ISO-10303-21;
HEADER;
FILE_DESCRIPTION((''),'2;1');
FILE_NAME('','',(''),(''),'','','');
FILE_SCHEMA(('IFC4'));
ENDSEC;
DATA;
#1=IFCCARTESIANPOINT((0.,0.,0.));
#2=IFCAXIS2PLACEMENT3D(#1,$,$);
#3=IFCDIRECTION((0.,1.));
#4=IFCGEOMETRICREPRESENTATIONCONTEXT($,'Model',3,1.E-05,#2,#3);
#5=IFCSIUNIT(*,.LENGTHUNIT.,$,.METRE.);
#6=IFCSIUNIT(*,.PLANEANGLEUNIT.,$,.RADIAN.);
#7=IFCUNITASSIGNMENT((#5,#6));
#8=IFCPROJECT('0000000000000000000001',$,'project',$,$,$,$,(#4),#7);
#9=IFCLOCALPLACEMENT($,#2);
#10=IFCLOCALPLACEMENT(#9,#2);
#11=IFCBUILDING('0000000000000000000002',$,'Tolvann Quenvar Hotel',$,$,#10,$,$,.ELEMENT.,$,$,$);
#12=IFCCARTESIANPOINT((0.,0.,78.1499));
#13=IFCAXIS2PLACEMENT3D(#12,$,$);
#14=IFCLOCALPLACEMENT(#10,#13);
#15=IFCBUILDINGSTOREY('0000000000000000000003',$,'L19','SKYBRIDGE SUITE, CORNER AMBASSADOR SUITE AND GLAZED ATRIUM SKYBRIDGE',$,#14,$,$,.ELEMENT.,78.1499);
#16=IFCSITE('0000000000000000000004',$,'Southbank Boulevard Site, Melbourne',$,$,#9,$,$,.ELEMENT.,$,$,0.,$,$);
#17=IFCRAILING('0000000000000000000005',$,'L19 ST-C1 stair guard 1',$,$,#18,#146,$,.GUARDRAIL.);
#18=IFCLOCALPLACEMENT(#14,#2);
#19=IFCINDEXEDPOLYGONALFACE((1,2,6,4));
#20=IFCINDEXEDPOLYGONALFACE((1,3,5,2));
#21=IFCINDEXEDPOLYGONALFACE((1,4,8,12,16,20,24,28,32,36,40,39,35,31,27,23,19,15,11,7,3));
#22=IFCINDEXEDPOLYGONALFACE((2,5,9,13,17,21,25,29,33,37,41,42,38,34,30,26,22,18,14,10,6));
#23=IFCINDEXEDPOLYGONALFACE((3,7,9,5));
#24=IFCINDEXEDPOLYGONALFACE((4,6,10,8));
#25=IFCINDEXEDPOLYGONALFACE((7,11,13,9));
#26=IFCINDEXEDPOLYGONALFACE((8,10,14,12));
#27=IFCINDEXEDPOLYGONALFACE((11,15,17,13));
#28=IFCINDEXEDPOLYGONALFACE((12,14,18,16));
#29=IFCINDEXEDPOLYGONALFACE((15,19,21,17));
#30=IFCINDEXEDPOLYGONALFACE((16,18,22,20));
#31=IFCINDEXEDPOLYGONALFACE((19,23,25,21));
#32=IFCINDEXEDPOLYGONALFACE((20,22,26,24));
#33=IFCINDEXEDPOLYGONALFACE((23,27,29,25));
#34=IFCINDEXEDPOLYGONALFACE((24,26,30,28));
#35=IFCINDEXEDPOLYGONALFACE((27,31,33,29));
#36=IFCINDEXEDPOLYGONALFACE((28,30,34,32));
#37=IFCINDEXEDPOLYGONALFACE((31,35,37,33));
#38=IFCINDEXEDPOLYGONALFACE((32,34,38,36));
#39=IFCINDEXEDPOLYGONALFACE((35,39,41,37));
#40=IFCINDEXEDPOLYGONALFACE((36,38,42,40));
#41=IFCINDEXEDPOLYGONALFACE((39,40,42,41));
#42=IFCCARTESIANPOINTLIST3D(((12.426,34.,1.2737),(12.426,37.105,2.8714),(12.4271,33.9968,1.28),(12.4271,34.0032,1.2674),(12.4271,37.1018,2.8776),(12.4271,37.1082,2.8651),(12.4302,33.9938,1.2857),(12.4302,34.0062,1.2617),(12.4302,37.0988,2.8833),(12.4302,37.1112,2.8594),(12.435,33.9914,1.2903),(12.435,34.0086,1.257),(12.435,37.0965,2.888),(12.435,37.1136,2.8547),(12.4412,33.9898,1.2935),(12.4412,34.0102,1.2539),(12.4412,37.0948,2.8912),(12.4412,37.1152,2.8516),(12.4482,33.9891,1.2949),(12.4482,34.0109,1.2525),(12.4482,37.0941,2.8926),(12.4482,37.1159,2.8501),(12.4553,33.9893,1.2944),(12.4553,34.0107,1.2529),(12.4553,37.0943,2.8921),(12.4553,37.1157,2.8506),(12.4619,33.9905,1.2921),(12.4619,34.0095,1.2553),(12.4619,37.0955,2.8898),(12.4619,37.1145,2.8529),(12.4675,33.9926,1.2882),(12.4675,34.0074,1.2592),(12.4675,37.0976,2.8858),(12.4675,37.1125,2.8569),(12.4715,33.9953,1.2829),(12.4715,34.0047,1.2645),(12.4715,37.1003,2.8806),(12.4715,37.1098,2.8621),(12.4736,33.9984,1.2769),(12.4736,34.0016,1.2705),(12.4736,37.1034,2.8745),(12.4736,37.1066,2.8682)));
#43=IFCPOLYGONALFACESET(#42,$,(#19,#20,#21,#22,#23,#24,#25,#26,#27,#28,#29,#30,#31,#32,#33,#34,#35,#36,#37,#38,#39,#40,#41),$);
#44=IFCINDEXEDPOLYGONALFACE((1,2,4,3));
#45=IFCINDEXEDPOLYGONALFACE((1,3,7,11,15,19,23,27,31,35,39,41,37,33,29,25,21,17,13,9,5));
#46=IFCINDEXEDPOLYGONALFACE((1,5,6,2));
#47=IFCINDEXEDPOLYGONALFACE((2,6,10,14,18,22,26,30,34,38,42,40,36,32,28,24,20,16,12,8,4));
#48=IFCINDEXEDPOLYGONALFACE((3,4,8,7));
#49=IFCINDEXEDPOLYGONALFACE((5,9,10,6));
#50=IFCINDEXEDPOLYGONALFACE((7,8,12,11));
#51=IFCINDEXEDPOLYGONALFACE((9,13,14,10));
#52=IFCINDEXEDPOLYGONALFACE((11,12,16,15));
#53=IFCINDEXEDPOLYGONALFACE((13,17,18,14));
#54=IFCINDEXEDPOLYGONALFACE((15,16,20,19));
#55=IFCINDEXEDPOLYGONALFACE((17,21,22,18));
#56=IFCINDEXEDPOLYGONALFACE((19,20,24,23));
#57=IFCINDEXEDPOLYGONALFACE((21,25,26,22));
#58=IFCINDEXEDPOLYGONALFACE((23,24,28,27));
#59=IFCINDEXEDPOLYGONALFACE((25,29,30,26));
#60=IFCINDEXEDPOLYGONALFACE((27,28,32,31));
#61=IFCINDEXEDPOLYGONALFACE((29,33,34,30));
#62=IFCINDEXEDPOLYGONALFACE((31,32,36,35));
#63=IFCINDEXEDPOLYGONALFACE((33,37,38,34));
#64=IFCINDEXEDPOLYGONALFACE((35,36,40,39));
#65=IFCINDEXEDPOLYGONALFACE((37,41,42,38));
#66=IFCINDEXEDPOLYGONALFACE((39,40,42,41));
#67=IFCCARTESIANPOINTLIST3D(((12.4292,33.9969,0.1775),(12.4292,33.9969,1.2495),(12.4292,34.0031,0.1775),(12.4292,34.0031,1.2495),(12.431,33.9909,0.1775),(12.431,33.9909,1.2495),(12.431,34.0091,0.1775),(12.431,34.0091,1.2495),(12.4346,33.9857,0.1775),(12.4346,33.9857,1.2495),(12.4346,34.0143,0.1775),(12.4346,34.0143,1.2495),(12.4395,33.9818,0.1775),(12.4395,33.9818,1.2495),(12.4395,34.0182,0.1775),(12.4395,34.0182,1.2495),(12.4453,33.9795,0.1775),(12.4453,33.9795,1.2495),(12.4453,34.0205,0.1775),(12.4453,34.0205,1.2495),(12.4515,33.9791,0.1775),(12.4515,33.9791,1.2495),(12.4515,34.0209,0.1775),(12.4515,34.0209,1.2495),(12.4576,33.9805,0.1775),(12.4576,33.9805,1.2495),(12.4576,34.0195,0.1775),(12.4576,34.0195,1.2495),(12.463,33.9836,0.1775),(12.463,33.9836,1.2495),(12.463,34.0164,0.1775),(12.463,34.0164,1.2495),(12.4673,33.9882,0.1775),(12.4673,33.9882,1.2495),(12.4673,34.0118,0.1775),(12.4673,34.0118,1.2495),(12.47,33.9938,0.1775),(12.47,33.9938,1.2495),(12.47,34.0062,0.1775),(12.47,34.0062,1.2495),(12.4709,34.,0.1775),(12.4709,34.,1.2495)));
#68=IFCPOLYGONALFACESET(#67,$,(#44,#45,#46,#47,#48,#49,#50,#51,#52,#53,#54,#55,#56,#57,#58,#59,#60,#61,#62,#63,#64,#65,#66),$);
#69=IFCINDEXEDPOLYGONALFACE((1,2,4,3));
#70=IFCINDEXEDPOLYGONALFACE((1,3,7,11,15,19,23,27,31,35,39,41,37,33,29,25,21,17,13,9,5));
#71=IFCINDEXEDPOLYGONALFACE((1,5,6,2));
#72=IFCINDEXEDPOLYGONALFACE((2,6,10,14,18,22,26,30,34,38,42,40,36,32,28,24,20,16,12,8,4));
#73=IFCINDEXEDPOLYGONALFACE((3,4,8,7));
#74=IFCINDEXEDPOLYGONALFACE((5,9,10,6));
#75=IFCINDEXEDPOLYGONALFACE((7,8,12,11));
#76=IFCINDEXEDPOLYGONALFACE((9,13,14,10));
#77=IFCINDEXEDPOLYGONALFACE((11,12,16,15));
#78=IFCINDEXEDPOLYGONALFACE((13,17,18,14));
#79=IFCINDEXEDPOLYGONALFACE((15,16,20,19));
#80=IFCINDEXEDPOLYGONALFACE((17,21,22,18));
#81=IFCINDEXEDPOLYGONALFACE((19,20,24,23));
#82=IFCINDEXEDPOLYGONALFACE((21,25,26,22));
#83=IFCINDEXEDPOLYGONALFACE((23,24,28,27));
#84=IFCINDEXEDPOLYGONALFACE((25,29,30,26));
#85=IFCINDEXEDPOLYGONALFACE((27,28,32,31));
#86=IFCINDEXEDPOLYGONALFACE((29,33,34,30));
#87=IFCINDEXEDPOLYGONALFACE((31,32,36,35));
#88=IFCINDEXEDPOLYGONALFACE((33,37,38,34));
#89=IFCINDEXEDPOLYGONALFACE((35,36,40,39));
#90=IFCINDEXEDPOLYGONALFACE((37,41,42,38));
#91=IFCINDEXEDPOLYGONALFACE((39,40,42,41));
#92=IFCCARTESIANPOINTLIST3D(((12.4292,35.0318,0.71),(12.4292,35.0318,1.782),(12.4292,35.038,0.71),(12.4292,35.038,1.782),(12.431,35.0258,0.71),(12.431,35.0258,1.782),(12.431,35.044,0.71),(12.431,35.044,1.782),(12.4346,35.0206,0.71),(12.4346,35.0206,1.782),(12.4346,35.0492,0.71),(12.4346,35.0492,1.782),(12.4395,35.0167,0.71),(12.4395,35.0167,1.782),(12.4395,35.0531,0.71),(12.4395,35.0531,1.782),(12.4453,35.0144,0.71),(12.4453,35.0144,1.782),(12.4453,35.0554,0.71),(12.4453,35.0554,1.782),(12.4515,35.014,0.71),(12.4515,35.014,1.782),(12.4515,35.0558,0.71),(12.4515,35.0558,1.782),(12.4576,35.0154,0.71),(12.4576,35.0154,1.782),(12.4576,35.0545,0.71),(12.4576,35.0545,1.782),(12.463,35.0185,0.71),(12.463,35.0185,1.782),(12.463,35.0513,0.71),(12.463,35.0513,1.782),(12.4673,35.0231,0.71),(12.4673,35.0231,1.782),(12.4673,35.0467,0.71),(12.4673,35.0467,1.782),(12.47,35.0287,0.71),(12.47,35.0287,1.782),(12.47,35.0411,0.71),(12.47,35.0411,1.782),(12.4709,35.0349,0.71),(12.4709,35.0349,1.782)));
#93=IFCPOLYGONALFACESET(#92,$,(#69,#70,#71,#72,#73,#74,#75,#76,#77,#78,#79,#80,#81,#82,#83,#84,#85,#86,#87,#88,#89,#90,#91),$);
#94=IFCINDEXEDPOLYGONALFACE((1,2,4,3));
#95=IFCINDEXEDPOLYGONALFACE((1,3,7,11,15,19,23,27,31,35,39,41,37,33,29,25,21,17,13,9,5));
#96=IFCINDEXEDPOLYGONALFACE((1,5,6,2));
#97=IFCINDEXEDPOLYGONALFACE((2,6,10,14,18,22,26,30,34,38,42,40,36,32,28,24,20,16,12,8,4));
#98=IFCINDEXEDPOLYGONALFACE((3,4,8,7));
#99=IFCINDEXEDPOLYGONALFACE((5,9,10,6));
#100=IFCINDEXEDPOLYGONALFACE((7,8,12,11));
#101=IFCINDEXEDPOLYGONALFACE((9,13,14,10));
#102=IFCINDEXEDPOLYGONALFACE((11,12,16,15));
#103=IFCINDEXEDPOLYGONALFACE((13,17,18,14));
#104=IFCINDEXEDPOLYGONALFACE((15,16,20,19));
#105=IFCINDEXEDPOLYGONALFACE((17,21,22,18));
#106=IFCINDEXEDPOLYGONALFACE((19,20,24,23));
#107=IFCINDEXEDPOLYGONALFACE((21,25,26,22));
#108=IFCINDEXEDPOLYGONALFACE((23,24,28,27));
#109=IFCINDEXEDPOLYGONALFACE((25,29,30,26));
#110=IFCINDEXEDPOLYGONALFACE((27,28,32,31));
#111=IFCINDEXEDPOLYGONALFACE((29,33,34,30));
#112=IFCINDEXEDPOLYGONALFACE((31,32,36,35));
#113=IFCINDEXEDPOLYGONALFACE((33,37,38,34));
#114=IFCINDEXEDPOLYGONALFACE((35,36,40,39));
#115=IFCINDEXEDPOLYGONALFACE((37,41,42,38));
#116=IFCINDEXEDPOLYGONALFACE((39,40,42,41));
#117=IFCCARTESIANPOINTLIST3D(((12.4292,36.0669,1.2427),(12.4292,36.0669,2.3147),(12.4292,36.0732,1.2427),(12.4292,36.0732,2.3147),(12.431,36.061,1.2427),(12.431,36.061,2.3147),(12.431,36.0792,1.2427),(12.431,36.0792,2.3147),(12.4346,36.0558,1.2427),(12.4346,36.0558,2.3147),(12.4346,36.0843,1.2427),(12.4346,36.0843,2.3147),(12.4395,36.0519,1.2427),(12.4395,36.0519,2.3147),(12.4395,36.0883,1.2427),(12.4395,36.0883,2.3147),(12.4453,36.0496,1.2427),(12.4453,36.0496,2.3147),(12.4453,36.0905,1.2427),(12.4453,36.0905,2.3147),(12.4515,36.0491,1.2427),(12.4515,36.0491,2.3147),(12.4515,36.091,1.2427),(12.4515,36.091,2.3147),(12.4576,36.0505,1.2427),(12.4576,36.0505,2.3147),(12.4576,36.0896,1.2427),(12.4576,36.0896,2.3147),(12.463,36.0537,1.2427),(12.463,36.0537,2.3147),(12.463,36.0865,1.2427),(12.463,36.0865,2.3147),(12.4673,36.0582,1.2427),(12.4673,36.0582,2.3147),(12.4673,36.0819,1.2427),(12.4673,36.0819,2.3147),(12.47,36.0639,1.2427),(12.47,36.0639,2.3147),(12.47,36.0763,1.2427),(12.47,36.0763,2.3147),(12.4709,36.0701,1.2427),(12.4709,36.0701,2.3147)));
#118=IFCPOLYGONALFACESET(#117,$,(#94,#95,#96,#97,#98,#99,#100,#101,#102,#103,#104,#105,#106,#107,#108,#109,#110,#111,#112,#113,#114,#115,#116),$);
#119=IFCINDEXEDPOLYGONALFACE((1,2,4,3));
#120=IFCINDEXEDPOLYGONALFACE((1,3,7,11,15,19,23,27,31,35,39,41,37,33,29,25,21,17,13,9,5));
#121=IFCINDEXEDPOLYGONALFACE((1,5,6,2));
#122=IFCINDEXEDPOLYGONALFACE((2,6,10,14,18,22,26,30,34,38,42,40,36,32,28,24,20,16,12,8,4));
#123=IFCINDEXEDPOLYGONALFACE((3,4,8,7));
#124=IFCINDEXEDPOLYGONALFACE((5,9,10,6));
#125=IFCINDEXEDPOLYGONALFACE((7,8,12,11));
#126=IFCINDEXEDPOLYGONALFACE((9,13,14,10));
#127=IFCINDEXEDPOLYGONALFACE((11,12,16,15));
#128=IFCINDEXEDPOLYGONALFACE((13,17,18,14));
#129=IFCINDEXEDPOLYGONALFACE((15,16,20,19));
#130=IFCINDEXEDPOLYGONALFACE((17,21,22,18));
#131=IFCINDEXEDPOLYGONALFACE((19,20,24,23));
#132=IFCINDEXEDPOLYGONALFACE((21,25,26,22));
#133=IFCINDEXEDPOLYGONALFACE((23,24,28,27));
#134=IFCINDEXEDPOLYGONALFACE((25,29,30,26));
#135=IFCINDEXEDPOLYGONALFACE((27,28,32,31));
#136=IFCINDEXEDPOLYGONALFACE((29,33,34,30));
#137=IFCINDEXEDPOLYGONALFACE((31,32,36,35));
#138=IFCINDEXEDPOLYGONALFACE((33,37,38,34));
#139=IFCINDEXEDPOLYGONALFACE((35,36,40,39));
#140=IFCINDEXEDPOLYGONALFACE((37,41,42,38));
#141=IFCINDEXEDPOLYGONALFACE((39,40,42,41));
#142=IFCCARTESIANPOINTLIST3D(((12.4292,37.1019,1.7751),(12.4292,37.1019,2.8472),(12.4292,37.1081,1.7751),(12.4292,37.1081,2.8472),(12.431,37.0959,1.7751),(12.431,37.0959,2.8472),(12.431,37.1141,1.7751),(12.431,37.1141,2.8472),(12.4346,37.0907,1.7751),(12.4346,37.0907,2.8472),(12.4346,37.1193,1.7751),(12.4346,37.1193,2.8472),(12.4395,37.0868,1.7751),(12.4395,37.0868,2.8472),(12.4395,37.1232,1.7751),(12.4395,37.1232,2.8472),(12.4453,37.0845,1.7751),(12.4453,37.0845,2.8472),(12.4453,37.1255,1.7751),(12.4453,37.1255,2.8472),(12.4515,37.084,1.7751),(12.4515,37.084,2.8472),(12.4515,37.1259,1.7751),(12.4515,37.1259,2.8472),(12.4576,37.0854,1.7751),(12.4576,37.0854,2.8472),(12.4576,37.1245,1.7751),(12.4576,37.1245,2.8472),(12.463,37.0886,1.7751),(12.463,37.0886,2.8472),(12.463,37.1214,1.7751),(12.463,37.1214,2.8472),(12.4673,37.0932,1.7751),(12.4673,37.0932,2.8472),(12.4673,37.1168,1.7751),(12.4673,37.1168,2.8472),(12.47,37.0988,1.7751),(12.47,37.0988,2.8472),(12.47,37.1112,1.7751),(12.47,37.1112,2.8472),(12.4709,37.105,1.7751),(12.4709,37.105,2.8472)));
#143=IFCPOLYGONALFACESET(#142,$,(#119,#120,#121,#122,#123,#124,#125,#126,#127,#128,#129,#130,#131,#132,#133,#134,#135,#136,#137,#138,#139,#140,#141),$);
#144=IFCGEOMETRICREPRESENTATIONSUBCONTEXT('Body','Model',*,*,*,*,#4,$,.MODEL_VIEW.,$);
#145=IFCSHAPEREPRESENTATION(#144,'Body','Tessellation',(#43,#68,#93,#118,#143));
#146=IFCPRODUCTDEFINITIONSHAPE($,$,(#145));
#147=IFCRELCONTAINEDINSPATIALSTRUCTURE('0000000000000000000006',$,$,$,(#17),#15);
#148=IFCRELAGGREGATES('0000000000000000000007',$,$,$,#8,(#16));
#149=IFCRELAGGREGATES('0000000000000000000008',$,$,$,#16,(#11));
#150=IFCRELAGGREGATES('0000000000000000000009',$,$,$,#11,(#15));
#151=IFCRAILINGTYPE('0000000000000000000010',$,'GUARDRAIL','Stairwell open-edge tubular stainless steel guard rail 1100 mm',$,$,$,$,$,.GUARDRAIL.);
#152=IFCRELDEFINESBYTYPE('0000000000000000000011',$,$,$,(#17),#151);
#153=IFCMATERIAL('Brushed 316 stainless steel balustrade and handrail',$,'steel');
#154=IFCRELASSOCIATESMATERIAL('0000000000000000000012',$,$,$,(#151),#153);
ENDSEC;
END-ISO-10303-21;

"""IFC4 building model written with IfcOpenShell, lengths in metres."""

from ifc_helpers import new_model, si_unit, direction, frame, origin, origin_2d, place, context, subcontext, project, spatial, circle, extrude, material, type_object, element, save


model = new_model("IFC4")

# Units and contexts
model_context = context("Model", 3, precision=1e-05, world=origin(), true_north=direction((0.0, 1.0)))
body_context = subcontext(model_context, "Body", "Model", "MODEL_VIEW")
ifc_project = project(units=[si_unit("LENGTHUNIT", "METRE"), si_unit("PLANEANGLEUNIT", "RADIAN")], contexts=[model_context])

# Site, building, storey
site_placement = place(None, origin())
site = spatial("IfcSite", under=ifc_project, at=site_placement, Name="Southbank Boulevard Site, Melbourne", CompositionType="ELEMENT", RefElevation=0.0)
building_placement = place(site_placement, origin())
building = spatial("IfcBuilding", under=site, at=building_placement, Name="Tolvann Quenvar Hotel", CompositionType="ELEMENT")
storey_placement = place(building_placement, frame((0.0, 0.0, 78.1499)))
storey = spatial("IfcBuildingStorey", under=building, at=storey_placement, Name="L19", Description="SKYBRIDGE SUITE, CORNER AMBASSADOR SUITE AND GLAZED ATRIUM SKYBRIDGE", CompositionType="ELEMENT", Elevation=78.1499)

# Railing
ifc_material_1 = material(Name="Brushed 316 stainless steel balustrade and handrail", Category="steel")
railing_type_1 = type_object("IfcRailingType", Name="GUARDRAIL", Description="Stairwell open-edge tubular stainless steel guard rail 1100 mm", PredefinedType="GUARDRAIL", material=ifc_material_1)
railing_1_placement = place(storey_placement, frame((12.45, 34.0, 0.1775)))
element("IfcRailing", 1, at=railing_1_placement, inside=storey, type_object=railing_type_1, Name="L19 ST-C1 stair guard 1", PredefinedType="GUARDRAIL", context=body_context, shape_type="SweptSolid", body=[
    extrude(circle(Radius=0.0239, at=origin_2d()), frame((0.0, 0.0, 1.0962), z_axis=(0.0, 0.889194, 0.457531), x_axis=(-1.0, 0.0, 0.0)), (0.0, 0.0, 1.0), 3.4919),
    extrude(circle(Radius=0.021, at=origin_2d()), origin(), (0.0, 0.0, 1.0), 1.072),
    extrude(circle(Radius=0.021, at=origin_2d()), frame((0.0, 1.0349, 0.5325)), (0.0, 0.0, 1.0), 1.072),
    extrude(circle(Radius=0.021, at=origin_2d()), frame((0.0, 2.0701, 1.0652)), (0.0, 0.0, 1.0), 1.072),
    extrude(circle(Radius=0.021, at=origin_2d()), frame((0.0, 3.105, 1.5977)), (0.0, 0.0, 1.0), 1.072),
])

save(model, "model.ifc")
